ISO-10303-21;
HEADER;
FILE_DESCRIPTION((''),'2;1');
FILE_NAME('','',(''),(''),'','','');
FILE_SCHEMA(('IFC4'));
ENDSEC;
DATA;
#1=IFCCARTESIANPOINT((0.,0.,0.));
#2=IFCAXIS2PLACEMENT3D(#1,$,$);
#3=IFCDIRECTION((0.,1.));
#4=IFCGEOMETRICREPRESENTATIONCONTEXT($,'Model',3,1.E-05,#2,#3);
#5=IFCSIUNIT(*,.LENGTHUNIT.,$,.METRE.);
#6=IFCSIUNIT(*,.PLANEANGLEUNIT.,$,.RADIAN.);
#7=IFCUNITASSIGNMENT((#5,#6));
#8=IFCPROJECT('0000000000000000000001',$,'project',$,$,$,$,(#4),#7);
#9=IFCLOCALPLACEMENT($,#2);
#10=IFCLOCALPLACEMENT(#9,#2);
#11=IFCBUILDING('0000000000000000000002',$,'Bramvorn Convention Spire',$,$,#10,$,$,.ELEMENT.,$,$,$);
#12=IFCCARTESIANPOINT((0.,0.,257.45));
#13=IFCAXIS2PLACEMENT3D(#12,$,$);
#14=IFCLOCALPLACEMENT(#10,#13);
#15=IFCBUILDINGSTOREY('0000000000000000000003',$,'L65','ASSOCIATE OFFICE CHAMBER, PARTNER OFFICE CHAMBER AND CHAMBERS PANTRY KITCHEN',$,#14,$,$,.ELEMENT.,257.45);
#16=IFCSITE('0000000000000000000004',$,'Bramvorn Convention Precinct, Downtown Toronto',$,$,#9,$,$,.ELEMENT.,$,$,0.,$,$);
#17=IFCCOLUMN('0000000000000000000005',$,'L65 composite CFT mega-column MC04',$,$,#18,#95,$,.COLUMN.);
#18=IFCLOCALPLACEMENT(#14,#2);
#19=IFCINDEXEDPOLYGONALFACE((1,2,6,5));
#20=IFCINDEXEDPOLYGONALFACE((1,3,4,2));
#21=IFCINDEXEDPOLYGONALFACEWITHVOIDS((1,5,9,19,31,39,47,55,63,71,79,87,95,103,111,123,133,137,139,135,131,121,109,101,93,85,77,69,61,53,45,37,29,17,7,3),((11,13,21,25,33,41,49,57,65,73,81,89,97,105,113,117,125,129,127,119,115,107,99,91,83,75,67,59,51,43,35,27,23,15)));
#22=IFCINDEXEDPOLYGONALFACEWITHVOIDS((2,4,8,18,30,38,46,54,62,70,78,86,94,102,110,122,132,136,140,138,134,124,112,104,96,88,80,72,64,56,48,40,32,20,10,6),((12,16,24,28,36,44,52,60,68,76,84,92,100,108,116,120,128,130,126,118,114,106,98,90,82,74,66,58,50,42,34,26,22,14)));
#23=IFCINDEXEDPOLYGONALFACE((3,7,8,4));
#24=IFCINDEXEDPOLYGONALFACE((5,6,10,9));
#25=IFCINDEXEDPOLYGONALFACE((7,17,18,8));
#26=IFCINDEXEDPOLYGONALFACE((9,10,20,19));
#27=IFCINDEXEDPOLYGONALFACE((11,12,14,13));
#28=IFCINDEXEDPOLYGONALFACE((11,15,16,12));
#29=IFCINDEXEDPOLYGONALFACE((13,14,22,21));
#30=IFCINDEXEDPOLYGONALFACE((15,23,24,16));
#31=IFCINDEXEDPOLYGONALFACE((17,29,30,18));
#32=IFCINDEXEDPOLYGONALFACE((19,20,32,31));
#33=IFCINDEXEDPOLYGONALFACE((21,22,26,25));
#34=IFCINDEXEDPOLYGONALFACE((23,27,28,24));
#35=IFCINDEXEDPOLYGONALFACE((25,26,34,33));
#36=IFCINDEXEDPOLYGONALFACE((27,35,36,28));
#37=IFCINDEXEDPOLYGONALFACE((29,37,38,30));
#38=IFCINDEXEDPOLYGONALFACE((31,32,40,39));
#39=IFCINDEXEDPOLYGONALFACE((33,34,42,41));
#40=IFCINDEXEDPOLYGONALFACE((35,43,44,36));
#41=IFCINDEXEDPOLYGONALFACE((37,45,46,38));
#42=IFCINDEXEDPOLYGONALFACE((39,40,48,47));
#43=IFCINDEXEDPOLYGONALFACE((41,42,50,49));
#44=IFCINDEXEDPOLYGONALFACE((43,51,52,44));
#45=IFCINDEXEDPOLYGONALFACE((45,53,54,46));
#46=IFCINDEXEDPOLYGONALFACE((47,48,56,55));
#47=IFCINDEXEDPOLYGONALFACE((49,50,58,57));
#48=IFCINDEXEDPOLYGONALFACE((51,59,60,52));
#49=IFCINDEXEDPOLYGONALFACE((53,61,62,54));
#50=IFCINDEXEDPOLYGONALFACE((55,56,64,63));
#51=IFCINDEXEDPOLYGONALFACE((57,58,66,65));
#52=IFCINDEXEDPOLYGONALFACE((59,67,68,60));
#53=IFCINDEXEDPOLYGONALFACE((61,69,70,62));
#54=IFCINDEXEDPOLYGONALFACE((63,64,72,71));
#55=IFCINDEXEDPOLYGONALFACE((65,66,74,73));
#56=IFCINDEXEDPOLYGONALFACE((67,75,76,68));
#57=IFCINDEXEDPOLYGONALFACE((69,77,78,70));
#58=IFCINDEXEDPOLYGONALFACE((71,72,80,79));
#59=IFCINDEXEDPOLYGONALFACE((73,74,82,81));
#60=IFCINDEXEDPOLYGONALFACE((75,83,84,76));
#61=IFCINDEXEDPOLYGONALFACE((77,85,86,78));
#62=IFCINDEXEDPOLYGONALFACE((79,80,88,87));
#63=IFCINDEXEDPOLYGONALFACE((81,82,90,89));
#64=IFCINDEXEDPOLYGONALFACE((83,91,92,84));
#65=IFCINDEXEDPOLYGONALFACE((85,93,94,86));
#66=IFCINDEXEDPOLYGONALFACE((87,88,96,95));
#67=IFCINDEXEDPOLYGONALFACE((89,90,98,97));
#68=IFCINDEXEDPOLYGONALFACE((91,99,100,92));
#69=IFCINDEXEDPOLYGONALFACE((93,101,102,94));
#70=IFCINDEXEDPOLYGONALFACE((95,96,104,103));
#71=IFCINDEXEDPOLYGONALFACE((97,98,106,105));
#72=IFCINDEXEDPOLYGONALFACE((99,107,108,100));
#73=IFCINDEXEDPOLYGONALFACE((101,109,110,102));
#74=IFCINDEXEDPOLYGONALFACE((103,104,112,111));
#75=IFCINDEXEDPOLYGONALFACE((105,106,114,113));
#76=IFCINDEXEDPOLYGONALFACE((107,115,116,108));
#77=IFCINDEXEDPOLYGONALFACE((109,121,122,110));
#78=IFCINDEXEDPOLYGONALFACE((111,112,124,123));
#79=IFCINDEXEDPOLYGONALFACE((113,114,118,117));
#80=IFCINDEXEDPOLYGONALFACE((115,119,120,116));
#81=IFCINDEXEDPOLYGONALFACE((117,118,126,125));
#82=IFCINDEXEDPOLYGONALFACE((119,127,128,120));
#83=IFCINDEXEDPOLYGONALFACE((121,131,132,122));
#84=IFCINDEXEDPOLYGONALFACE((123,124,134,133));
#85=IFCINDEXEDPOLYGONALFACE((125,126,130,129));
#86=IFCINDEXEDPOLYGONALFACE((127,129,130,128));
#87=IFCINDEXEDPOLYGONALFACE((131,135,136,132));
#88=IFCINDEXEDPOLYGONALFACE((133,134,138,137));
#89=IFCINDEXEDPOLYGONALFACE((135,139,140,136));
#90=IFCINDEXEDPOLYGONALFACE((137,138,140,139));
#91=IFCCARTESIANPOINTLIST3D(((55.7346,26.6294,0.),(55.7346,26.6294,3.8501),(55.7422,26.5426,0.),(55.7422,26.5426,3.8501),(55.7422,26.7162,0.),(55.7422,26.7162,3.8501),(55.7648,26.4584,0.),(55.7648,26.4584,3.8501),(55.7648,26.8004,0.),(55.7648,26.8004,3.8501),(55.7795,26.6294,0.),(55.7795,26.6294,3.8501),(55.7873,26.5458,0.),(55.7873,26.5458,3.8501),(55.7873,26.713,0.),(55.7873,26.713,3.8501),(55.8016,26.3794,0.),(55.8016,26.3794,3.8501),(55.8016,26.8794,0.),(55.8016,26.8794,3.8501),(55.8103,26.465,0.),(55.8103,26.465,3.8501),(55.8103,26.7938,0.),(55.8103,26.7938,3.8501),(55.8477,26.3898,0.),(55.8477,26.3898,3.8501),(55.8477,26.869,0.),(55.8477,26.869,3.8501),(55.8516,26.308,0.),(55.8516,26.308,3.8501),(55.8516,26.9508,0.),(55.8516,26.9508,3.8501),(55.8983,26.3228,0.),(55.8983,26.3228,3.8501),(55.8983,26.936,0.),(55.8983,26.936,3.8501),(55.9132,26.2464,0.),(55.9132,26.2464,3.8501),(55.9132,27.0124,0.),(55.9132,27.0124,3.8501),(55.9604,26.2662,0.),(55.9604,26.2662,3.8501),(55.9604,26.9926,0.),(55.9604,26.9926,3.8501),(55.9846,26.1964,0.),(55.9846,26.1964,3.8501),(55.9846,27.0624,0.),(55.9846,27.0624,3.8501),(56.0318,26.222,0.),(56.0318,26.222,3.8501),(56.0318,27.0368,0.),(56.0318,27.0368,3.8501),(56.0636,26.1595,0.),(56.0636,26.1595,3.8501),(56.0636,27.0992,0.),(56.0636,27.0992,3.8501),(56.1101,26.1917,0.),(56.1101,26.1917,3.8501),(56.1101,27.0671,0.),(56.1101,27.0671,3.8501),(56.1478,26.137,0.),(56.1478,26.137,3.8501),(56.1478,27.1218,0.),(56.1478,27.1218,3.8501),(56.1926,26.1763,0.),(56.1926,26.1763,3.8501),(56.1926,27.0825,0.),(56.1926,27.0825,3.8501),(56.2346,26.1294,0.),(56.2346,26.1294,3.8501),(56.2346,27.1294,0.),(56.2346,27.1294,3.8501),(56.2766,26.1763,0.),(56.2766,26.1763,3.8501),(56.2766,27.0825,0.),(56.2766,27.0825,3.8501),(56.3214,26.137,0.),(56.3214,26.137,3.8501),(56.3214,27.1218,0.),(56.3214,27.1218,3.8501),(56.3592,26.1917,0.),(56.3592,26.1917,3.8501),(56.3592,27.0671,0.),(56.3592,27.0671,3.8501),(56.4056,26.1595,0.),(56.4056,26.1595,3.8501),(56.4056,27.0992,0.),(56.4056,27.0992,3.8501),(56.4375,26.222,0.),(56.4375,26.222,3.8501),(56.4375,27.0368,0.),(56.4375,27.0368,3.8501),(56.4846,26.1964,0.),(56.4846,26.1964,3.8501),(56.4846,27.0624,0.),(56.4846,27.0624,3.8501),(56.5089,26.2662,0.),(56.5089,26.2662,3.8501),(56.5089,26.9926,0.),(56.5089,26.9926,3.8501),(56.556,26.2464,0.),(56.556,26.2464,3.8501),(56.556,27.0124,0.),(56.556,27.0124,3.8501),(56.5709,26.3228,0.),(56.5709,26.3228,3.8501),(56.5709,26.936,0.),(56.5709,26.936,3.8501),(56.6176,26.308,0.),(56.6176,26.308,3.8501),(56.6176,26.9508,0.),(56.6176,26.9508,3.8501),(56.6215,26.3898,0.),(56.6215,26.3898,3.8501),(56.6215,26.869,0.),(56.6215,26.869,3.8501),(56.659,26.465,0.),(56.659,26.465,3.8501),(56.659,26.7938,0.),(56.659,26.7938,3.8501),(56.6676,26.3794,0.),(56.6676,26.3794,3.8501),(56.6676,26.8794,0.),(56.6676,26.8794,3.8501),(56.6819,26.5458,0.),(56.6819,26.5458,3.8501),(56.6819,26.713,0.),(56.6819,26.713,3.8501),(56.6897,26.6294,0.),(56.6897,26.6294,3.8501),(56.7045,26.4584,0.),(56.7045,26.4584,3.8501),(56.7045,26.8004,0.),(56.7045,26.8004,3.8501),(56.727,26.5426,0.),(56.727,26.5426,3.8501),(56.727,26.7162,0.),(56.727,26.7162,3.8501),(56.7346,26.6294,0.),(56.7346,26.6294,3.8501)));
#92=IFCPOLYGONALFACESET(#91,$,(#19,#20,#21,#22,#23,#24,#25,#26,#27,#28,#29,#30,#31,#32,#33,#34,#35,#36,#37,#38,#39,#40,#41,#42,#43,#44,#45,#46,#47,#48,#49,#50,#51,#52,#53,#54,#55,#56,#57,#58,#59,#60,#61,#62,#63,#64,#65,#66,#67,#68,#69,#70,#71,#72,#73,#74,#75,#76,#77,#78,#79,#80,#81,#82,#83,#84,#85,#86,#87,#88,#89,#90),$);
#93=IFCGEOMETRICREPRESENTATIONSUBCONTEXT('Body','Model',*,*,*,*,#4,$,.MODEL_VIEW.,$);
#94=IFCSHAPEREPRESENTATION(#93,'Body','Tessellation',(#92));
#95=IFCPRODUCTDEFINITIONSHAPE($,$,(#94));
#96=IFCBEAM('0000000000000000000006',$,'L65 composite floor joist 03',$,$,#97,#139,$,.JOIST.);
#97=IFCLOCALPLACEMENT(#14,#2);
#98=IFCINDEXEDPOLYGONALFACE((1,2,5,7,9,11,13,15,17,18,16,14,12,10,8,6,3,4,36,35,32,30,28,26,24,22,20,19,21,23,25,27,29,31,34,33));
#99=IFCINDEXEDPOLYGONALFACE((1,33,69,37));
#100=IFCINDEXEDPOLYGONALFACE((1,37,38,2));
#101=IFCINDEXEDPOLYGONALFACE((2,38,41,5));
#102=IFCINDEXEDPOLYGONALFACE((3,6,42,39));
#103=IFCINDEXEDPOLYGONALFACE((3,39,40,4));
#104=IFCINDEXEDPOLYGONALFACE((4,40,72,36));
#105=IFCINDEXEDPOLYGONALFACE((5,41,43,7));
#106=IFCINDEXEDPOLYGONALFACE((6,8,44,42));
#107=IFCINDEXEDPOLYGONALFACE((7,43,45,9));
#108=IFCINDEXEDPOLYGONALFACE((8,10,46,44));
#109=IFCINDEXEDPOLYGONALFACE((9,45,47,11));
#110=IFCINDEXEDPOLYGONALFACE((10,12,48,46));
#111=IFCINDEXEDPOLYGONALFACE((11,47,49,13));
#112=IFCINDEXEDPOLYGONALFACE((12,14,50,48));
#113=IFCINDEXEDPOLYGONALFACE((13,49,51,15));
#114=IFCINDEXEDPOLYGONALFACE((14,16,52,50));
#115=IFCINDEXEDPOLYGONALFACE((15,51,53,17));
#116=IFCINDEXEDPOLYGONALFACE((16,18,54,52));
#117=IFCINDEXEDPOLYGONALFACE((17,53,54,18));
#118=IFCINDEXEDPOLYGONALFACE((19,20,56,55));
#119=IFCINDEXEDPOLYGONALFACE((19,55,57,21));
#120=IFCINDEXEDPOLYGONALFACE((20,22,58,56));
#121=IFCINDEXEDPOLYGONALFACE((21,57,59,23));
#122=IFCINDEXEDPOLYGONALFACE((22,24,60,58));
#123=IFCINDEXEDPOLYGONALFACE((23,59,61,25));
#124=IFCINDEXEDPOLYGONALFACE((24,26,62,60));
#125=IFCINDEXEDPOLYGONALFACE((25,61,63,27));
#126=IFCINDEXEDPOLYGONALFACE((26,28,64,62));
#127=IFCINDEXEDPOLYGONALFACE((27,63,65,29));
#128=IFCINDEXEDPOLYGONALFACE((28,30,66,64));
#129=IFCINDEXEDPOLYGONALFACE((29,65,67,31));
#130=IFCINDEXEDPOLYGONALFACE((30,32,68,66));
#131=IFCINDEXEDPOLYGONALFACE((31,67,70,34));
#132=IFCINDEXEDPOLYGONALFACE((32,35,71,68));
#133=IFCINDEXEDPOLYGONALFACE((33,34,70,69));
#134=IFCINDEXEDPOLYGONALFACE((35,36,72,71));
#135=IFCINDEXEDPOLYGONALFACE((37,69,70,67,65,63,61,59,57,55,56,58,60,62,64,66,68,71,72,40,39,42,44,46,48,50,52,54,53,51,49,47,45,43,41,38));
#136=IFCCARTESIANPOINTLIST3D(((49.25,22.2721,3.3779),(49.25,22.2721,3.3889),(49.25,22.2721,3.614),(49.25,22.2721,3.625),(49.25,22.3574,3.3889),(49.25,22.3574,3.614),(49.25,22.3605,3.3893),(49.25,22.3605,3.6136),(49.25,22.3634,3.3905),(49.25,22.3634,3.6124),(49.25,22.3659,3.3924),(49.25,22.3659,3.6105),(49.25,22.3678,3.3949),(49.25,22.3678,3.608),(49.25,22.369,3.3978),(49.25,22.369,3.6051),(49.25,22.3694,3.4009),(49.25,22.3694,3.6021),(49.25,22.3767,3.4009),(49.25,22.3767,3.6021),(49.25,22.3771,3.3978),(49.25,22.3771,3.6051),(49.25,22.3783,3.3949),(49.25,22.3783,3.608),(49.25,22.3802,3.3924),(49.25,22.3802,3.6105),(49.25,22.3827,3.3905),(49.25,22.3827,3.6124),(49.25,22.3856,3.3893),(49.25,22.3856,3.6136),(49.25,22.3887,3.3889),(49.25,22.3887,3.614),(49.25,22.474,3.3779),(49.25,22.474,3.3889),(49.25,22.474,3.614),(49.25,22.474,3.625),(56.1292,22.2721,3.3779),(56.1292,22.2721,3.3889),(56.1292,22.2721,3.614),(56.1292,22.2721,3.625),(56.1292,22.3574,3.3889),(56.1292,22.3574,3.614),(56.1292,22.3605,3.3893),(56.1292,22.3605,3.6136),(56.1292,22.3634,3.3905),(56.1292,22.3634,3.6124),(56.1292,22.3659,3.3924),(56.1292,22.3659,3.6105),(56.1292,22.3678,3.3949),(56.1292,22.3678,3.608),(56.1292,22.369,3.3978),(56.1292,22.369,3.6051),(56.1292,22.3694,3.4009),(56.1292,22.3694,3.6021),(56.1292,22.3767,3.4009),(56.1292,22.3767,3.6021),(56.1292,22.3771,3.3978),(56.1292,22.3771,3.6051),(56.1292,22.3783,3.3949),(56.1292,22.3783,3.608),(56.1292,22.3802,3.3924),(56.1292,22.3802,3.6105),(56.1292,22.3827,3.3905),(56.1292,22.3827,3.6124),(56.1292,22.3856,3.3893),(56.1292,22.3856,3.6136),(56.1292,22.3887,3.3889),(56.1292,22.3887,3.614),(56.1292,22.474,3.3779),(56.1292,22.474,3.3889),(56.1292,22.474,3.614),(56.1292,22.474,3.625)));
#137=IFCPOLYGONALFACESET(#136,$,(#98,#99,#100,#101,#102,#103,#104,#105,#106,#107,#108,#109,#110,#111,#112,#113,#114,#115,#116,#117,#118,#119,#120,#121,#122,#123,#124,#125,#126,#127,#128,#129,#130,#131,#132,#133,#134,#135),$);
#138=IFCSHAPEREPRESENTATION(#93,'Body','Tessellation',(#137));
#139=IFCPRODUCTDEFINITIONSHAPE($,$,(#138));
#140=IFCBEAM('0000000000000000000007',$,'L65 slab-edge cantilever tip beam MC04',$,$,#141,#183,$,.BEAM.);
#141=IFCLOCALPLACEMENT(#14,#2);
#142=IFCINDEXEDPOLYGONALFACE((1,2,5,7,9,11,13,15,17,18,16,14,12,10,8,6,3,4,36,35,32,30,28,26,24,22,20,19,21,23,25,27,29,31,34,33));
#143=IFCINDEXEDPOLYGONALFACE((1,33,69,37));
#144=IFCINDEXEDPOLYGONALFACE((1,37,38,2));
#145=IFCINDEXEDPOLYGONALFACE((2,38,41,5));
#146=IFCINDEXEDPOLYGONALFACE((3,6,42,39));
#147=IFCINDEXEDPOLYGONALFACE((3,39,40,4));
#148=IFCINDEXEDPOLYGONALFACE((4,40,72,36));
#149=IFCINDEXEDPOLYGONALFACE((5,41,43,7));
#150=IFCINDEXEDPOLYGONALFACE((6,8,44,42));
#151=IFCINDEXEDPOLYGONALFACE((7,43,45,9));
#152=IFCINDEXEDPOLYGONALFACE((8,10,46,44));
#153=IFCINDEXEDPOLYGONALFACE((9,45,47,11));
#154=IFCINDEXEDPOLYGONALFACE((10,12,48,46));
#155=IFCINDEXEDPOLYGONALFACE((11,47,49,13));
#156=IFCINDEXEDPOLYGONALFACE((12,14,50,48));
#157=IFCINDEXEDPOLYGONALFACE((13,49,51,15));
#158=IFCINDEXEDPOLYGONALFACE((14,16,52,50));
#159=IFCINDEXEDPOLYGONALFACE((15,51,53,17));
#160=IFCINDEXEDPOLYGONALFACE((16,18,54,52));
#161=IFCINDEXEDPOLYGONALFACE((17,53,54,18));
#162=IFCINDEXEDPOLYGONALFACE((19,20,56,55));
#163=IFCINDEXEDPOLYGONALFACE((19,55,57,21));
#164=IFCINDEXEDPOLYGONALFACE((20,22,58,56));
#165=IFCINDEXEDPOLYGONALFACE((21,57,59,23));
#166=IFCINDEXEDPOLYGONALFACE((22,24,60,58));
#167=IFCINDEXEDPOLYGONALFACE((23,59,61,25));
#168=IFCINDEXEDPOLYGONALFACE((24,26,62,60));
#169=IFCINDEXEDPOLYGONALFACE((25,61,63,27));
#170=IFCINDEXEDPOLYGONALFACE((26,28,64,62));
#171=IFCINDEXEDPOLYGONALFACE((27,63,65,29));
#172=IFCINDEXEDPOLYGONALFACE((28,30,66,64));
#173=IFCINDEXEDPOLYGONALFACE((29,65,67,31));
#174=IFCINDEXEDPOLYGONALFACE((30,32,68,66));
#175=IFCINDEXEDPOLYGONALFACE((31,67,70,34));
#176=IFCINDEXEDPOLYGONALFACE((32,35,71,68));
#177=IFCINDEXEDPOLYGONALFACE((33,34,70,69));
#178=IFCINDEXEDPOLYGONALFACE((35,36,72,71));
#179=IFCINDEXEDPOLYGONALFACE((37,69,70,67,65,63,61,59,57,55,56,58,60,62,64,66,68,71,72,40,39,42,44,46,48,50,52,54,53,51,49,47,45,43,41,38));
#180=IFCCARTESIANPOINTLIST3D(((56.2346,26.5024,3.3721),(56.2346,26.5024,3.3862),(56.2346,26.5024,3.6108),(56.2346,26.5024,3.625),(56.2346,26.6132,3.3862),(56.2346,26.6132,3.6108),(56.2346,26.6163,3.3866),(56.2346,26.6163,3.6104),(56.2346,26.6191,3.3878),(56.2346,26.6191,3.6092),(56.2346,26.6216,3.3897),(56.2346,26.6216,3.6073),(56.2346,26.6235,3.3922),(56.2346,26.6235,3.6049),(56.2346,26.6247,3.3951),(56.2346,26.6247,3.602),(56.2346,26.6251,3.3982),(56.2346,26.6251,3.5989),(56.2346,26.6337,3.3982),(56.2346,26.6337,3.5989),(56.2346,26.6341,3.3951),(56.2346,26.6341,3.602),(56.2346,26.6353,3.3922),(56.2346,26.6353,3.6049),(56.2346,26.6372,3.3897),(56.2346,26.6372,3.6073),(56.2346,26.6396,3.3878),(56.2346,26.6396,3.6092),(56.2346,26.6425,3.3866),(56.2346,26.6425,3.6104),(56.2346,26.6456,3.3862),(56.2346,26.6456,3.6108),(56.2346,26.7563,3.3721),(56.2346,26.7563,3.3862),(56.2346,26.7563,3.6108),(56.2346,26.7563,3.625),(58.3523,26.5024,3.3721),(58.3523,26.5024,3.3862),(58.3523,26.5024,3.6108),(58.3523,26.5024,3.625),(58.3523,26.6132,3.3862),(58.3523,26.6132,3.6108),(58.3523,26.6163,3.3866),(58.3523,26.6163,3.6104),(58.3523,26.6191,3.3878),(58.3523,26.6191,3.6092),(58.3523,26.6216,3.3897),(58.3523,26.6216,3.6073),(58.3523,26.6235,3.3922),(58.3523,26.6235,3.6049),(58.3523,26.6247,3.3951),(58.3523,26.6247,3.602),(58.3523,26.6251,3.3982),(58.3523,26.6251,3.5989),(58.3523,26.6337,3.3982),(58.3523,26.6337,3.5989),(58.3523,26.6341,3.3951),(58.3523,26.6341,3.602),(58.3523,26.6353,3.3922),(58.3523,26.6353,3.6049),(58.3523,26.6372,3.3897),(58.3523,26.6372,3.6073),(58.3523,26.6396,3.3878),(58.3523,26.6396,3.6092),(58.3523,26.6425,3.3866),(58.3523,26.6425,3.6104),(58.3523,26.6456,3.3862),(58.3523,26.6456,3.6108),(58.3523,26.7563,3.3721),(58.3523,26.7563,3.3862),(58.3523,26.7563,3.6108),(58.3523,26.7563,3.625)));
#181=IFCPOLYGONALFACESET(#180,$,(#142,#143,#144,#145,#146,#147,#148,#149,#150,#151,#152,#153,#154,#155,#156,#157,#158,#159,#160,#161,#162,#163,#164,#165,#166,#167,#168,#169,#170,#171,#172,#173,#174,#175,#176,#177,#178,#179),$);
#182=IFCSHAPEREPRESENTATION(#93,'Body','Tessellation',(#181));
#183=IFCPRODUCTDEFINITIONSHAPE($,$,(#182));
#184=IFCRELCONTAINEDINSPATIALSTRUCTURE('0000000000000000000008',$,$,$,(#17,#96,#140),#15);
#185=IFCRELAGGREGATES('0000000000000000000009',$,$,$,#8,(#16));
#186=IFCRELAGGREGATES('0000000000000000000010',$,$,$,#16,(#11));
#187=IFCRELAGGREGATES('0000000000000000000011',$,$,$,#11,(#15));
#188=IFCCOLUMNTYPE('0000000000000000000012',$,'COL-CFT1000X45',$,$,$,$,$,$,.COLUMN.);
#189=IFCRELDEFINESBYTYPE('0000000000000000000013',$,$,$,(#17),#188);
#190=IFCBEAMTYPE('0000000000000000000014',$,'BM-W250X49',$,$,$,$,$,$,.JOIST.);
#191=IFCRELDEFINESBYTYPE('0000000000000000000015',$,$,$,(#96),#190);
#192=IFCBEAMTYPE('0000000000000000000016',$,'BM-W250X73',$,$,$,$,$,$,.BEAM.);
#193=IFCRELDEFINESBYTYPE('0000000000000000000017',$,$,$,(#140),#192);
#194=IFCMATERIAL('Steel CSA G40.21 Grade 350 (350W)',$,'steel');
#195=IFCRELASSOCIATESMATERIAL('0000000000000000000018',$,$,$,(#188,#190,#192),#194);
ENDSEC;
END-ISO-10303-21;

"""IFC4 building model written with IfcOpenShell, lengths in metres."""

from ifc_helpers import new_model, si_unit, direction, frame, origin, origin_2d, place, context, subcontext, project, spatial, hollow_circle, i_section, extrude, material, material_profile, profile_set, type_object, element, save


model = new_model("IFC4")

# Units and contexts
model_context = context("Model", 3, precision=1e-05, world=origin(), true_north=direction((0.0, 1.0)))
body_context = subcontext(model_context, "Body", "Model", "MODEL_VIEW")
ifc_project = project(units=[si_unit("LENGTHUNIT", "METRE"), si_unit("PLANEANGLEUNIT", "RADIAN")], contexts=[model_context])

# Site, building, storey
site_placement = place(None, origin())
site = spatial("IfcSite", under=ifc_project, at=site_placement, Name="Bramvorn Convention Precinct, Downtown Toronto", CompositionType="ELEMENT", RefElevation=0.0)
building_placement = place(site_placement, origin())
building = spatial("IfcBuilding", under=site, at=building_placement, Name="Bramvorn Convention Spire", CompositionType="ELEMENT")
storey_placement = place(building_placement, frame((0.0, 0.0, 257.45)))
storey = spatial("IfcBuildingStorey", under=building, at=storey_placement, Name="L65", Description="ASSOCIATE OFFICE CHAMBER, PARTNER OFFICE CHAMBER AND CHAMBERS PANTRY KITCHEN", CompositionType="ELEMENT", Elevation=257.45)

# Column
ifc_material_1 = material(Name="Steel CSA G40.21 Grade 350 (350W)", Category="steel")
ifc_material_profile_1 = material_profile(ifc_material_1, hollow_circle(Radius=0.5, WallThickness=0.0449, at=origin_2d()))
ifc_profile_set_1 = profile_set([ifc_material_profile_1], Name="Steel CSA G40.21 Grade 350 (350W) - CFT1000X45")
column_type = type_object("IfcColumnType", Name="COL-CFT1000X45", PredefinedType="COLUMN", material=ifc_profile_set_1)
column_placement = place(storey_placement, frame((56.2346, 26.6294, 0.0), z_axis=(0.0, 0.0, 1.0), x_axis=(1.0, 0.0, 0.0)))
element("IfcColumn", 1, at=column_placement, inside=storey, type_object=column_type, Name="L65 composite CFT mega-column MC04", PredefinedType="COLUMN", context=body_context, shape_type="SweptSolid", body=[
    extrude(hollow_circle(Radius=0.5, WallThickness=0.0449, at=origin_2d()), origin(), (0.0, 0.0, 1.0), 3.8501),
])

# Beams
ifc_material_profile_2 = material_profile(ifc_material_1, i_section(OverallWidth=0.2019, OverallDepth=0.2471, WebThickness=0.0073, FlangeThickness=0.011, FilletRadius=0.012, at=origin_2d()))
ifc_profile_set_2 = profile_set([ifc_material_profile_2], Name="Steel CSA G40.21 Grade 350 (350W) - W250X49")
beam_type_1 = type_object("IfcBeamType", Name="BM-W250X49", PredefinedType="JOIST", material=ifc_profile_set_2)
beam_1_placement = place(storey_placement, frame((49.25, 22.373, 3.5015), z_axis=(1.0, 0.0, 0.0), x_axis=(0.0, 1.0, 0.0)))
element("IfcBeam", 2, at=beam_1_placement, inside=storey, type_object=beam_type_1, Name="L65 composite floor joist 03", PredefinedType="JOIST", context=body_context, shape_type="SweptSolid", body=[
    extrude(i_section(OverallWidth=0.2019, OverallDepth=0.2471, WebThickness=0.0073, FlangeThickness=0.011, FilletRadius=0.012, at=origin_2d()), origin(), (0.0, 0.0, 1.0), 6.8792),
])
ifc_material_profile_3 = material_profile(ifc_material_1, i_section(OverallWidth=0.2539, OverallDepth=0.2529, WebThickness=0.0085, FlangeThickness=0.0142, FilletRadius=0.012, at=origin_2d()))
ifc_profile_set_3 = profile_set([ifc_material_profile_3], Name="Steel CSA G40.21 Grade 350 (350W) - W250X73")
beam_type_2 = type_object("IfcBeamType", Name="BM-W250X73", PredefinedType="BEAM", material=ifc_profile_set_3)
beam_2_placement = place(storey_placement, frame((56.2346, 26.6294, 3.4985), z_axis=(1.0, 0.0, 0.0), x_axis=(0.0, 1.0, 0.0)))
element("IfcBeam", 3, at=beam_2_placement, inside=storey, type_object=beam_type_2, Name="L65 slab-edge cantilever tip beam MC04", PredefinedType="BEAM", context=body_context, shape_type="SweptSolid", body=[
    extrude(i_section(OverallWidth=0.2539, OverallDepth=0.2529, WebThickness=0.0085, FlangeThickness=0.0142, FilletRadius=0.012, at=origin_2d()), origin(), (0.0, 0.0, 1.0), 2.1177),
])

save(model, "model.ifc")
